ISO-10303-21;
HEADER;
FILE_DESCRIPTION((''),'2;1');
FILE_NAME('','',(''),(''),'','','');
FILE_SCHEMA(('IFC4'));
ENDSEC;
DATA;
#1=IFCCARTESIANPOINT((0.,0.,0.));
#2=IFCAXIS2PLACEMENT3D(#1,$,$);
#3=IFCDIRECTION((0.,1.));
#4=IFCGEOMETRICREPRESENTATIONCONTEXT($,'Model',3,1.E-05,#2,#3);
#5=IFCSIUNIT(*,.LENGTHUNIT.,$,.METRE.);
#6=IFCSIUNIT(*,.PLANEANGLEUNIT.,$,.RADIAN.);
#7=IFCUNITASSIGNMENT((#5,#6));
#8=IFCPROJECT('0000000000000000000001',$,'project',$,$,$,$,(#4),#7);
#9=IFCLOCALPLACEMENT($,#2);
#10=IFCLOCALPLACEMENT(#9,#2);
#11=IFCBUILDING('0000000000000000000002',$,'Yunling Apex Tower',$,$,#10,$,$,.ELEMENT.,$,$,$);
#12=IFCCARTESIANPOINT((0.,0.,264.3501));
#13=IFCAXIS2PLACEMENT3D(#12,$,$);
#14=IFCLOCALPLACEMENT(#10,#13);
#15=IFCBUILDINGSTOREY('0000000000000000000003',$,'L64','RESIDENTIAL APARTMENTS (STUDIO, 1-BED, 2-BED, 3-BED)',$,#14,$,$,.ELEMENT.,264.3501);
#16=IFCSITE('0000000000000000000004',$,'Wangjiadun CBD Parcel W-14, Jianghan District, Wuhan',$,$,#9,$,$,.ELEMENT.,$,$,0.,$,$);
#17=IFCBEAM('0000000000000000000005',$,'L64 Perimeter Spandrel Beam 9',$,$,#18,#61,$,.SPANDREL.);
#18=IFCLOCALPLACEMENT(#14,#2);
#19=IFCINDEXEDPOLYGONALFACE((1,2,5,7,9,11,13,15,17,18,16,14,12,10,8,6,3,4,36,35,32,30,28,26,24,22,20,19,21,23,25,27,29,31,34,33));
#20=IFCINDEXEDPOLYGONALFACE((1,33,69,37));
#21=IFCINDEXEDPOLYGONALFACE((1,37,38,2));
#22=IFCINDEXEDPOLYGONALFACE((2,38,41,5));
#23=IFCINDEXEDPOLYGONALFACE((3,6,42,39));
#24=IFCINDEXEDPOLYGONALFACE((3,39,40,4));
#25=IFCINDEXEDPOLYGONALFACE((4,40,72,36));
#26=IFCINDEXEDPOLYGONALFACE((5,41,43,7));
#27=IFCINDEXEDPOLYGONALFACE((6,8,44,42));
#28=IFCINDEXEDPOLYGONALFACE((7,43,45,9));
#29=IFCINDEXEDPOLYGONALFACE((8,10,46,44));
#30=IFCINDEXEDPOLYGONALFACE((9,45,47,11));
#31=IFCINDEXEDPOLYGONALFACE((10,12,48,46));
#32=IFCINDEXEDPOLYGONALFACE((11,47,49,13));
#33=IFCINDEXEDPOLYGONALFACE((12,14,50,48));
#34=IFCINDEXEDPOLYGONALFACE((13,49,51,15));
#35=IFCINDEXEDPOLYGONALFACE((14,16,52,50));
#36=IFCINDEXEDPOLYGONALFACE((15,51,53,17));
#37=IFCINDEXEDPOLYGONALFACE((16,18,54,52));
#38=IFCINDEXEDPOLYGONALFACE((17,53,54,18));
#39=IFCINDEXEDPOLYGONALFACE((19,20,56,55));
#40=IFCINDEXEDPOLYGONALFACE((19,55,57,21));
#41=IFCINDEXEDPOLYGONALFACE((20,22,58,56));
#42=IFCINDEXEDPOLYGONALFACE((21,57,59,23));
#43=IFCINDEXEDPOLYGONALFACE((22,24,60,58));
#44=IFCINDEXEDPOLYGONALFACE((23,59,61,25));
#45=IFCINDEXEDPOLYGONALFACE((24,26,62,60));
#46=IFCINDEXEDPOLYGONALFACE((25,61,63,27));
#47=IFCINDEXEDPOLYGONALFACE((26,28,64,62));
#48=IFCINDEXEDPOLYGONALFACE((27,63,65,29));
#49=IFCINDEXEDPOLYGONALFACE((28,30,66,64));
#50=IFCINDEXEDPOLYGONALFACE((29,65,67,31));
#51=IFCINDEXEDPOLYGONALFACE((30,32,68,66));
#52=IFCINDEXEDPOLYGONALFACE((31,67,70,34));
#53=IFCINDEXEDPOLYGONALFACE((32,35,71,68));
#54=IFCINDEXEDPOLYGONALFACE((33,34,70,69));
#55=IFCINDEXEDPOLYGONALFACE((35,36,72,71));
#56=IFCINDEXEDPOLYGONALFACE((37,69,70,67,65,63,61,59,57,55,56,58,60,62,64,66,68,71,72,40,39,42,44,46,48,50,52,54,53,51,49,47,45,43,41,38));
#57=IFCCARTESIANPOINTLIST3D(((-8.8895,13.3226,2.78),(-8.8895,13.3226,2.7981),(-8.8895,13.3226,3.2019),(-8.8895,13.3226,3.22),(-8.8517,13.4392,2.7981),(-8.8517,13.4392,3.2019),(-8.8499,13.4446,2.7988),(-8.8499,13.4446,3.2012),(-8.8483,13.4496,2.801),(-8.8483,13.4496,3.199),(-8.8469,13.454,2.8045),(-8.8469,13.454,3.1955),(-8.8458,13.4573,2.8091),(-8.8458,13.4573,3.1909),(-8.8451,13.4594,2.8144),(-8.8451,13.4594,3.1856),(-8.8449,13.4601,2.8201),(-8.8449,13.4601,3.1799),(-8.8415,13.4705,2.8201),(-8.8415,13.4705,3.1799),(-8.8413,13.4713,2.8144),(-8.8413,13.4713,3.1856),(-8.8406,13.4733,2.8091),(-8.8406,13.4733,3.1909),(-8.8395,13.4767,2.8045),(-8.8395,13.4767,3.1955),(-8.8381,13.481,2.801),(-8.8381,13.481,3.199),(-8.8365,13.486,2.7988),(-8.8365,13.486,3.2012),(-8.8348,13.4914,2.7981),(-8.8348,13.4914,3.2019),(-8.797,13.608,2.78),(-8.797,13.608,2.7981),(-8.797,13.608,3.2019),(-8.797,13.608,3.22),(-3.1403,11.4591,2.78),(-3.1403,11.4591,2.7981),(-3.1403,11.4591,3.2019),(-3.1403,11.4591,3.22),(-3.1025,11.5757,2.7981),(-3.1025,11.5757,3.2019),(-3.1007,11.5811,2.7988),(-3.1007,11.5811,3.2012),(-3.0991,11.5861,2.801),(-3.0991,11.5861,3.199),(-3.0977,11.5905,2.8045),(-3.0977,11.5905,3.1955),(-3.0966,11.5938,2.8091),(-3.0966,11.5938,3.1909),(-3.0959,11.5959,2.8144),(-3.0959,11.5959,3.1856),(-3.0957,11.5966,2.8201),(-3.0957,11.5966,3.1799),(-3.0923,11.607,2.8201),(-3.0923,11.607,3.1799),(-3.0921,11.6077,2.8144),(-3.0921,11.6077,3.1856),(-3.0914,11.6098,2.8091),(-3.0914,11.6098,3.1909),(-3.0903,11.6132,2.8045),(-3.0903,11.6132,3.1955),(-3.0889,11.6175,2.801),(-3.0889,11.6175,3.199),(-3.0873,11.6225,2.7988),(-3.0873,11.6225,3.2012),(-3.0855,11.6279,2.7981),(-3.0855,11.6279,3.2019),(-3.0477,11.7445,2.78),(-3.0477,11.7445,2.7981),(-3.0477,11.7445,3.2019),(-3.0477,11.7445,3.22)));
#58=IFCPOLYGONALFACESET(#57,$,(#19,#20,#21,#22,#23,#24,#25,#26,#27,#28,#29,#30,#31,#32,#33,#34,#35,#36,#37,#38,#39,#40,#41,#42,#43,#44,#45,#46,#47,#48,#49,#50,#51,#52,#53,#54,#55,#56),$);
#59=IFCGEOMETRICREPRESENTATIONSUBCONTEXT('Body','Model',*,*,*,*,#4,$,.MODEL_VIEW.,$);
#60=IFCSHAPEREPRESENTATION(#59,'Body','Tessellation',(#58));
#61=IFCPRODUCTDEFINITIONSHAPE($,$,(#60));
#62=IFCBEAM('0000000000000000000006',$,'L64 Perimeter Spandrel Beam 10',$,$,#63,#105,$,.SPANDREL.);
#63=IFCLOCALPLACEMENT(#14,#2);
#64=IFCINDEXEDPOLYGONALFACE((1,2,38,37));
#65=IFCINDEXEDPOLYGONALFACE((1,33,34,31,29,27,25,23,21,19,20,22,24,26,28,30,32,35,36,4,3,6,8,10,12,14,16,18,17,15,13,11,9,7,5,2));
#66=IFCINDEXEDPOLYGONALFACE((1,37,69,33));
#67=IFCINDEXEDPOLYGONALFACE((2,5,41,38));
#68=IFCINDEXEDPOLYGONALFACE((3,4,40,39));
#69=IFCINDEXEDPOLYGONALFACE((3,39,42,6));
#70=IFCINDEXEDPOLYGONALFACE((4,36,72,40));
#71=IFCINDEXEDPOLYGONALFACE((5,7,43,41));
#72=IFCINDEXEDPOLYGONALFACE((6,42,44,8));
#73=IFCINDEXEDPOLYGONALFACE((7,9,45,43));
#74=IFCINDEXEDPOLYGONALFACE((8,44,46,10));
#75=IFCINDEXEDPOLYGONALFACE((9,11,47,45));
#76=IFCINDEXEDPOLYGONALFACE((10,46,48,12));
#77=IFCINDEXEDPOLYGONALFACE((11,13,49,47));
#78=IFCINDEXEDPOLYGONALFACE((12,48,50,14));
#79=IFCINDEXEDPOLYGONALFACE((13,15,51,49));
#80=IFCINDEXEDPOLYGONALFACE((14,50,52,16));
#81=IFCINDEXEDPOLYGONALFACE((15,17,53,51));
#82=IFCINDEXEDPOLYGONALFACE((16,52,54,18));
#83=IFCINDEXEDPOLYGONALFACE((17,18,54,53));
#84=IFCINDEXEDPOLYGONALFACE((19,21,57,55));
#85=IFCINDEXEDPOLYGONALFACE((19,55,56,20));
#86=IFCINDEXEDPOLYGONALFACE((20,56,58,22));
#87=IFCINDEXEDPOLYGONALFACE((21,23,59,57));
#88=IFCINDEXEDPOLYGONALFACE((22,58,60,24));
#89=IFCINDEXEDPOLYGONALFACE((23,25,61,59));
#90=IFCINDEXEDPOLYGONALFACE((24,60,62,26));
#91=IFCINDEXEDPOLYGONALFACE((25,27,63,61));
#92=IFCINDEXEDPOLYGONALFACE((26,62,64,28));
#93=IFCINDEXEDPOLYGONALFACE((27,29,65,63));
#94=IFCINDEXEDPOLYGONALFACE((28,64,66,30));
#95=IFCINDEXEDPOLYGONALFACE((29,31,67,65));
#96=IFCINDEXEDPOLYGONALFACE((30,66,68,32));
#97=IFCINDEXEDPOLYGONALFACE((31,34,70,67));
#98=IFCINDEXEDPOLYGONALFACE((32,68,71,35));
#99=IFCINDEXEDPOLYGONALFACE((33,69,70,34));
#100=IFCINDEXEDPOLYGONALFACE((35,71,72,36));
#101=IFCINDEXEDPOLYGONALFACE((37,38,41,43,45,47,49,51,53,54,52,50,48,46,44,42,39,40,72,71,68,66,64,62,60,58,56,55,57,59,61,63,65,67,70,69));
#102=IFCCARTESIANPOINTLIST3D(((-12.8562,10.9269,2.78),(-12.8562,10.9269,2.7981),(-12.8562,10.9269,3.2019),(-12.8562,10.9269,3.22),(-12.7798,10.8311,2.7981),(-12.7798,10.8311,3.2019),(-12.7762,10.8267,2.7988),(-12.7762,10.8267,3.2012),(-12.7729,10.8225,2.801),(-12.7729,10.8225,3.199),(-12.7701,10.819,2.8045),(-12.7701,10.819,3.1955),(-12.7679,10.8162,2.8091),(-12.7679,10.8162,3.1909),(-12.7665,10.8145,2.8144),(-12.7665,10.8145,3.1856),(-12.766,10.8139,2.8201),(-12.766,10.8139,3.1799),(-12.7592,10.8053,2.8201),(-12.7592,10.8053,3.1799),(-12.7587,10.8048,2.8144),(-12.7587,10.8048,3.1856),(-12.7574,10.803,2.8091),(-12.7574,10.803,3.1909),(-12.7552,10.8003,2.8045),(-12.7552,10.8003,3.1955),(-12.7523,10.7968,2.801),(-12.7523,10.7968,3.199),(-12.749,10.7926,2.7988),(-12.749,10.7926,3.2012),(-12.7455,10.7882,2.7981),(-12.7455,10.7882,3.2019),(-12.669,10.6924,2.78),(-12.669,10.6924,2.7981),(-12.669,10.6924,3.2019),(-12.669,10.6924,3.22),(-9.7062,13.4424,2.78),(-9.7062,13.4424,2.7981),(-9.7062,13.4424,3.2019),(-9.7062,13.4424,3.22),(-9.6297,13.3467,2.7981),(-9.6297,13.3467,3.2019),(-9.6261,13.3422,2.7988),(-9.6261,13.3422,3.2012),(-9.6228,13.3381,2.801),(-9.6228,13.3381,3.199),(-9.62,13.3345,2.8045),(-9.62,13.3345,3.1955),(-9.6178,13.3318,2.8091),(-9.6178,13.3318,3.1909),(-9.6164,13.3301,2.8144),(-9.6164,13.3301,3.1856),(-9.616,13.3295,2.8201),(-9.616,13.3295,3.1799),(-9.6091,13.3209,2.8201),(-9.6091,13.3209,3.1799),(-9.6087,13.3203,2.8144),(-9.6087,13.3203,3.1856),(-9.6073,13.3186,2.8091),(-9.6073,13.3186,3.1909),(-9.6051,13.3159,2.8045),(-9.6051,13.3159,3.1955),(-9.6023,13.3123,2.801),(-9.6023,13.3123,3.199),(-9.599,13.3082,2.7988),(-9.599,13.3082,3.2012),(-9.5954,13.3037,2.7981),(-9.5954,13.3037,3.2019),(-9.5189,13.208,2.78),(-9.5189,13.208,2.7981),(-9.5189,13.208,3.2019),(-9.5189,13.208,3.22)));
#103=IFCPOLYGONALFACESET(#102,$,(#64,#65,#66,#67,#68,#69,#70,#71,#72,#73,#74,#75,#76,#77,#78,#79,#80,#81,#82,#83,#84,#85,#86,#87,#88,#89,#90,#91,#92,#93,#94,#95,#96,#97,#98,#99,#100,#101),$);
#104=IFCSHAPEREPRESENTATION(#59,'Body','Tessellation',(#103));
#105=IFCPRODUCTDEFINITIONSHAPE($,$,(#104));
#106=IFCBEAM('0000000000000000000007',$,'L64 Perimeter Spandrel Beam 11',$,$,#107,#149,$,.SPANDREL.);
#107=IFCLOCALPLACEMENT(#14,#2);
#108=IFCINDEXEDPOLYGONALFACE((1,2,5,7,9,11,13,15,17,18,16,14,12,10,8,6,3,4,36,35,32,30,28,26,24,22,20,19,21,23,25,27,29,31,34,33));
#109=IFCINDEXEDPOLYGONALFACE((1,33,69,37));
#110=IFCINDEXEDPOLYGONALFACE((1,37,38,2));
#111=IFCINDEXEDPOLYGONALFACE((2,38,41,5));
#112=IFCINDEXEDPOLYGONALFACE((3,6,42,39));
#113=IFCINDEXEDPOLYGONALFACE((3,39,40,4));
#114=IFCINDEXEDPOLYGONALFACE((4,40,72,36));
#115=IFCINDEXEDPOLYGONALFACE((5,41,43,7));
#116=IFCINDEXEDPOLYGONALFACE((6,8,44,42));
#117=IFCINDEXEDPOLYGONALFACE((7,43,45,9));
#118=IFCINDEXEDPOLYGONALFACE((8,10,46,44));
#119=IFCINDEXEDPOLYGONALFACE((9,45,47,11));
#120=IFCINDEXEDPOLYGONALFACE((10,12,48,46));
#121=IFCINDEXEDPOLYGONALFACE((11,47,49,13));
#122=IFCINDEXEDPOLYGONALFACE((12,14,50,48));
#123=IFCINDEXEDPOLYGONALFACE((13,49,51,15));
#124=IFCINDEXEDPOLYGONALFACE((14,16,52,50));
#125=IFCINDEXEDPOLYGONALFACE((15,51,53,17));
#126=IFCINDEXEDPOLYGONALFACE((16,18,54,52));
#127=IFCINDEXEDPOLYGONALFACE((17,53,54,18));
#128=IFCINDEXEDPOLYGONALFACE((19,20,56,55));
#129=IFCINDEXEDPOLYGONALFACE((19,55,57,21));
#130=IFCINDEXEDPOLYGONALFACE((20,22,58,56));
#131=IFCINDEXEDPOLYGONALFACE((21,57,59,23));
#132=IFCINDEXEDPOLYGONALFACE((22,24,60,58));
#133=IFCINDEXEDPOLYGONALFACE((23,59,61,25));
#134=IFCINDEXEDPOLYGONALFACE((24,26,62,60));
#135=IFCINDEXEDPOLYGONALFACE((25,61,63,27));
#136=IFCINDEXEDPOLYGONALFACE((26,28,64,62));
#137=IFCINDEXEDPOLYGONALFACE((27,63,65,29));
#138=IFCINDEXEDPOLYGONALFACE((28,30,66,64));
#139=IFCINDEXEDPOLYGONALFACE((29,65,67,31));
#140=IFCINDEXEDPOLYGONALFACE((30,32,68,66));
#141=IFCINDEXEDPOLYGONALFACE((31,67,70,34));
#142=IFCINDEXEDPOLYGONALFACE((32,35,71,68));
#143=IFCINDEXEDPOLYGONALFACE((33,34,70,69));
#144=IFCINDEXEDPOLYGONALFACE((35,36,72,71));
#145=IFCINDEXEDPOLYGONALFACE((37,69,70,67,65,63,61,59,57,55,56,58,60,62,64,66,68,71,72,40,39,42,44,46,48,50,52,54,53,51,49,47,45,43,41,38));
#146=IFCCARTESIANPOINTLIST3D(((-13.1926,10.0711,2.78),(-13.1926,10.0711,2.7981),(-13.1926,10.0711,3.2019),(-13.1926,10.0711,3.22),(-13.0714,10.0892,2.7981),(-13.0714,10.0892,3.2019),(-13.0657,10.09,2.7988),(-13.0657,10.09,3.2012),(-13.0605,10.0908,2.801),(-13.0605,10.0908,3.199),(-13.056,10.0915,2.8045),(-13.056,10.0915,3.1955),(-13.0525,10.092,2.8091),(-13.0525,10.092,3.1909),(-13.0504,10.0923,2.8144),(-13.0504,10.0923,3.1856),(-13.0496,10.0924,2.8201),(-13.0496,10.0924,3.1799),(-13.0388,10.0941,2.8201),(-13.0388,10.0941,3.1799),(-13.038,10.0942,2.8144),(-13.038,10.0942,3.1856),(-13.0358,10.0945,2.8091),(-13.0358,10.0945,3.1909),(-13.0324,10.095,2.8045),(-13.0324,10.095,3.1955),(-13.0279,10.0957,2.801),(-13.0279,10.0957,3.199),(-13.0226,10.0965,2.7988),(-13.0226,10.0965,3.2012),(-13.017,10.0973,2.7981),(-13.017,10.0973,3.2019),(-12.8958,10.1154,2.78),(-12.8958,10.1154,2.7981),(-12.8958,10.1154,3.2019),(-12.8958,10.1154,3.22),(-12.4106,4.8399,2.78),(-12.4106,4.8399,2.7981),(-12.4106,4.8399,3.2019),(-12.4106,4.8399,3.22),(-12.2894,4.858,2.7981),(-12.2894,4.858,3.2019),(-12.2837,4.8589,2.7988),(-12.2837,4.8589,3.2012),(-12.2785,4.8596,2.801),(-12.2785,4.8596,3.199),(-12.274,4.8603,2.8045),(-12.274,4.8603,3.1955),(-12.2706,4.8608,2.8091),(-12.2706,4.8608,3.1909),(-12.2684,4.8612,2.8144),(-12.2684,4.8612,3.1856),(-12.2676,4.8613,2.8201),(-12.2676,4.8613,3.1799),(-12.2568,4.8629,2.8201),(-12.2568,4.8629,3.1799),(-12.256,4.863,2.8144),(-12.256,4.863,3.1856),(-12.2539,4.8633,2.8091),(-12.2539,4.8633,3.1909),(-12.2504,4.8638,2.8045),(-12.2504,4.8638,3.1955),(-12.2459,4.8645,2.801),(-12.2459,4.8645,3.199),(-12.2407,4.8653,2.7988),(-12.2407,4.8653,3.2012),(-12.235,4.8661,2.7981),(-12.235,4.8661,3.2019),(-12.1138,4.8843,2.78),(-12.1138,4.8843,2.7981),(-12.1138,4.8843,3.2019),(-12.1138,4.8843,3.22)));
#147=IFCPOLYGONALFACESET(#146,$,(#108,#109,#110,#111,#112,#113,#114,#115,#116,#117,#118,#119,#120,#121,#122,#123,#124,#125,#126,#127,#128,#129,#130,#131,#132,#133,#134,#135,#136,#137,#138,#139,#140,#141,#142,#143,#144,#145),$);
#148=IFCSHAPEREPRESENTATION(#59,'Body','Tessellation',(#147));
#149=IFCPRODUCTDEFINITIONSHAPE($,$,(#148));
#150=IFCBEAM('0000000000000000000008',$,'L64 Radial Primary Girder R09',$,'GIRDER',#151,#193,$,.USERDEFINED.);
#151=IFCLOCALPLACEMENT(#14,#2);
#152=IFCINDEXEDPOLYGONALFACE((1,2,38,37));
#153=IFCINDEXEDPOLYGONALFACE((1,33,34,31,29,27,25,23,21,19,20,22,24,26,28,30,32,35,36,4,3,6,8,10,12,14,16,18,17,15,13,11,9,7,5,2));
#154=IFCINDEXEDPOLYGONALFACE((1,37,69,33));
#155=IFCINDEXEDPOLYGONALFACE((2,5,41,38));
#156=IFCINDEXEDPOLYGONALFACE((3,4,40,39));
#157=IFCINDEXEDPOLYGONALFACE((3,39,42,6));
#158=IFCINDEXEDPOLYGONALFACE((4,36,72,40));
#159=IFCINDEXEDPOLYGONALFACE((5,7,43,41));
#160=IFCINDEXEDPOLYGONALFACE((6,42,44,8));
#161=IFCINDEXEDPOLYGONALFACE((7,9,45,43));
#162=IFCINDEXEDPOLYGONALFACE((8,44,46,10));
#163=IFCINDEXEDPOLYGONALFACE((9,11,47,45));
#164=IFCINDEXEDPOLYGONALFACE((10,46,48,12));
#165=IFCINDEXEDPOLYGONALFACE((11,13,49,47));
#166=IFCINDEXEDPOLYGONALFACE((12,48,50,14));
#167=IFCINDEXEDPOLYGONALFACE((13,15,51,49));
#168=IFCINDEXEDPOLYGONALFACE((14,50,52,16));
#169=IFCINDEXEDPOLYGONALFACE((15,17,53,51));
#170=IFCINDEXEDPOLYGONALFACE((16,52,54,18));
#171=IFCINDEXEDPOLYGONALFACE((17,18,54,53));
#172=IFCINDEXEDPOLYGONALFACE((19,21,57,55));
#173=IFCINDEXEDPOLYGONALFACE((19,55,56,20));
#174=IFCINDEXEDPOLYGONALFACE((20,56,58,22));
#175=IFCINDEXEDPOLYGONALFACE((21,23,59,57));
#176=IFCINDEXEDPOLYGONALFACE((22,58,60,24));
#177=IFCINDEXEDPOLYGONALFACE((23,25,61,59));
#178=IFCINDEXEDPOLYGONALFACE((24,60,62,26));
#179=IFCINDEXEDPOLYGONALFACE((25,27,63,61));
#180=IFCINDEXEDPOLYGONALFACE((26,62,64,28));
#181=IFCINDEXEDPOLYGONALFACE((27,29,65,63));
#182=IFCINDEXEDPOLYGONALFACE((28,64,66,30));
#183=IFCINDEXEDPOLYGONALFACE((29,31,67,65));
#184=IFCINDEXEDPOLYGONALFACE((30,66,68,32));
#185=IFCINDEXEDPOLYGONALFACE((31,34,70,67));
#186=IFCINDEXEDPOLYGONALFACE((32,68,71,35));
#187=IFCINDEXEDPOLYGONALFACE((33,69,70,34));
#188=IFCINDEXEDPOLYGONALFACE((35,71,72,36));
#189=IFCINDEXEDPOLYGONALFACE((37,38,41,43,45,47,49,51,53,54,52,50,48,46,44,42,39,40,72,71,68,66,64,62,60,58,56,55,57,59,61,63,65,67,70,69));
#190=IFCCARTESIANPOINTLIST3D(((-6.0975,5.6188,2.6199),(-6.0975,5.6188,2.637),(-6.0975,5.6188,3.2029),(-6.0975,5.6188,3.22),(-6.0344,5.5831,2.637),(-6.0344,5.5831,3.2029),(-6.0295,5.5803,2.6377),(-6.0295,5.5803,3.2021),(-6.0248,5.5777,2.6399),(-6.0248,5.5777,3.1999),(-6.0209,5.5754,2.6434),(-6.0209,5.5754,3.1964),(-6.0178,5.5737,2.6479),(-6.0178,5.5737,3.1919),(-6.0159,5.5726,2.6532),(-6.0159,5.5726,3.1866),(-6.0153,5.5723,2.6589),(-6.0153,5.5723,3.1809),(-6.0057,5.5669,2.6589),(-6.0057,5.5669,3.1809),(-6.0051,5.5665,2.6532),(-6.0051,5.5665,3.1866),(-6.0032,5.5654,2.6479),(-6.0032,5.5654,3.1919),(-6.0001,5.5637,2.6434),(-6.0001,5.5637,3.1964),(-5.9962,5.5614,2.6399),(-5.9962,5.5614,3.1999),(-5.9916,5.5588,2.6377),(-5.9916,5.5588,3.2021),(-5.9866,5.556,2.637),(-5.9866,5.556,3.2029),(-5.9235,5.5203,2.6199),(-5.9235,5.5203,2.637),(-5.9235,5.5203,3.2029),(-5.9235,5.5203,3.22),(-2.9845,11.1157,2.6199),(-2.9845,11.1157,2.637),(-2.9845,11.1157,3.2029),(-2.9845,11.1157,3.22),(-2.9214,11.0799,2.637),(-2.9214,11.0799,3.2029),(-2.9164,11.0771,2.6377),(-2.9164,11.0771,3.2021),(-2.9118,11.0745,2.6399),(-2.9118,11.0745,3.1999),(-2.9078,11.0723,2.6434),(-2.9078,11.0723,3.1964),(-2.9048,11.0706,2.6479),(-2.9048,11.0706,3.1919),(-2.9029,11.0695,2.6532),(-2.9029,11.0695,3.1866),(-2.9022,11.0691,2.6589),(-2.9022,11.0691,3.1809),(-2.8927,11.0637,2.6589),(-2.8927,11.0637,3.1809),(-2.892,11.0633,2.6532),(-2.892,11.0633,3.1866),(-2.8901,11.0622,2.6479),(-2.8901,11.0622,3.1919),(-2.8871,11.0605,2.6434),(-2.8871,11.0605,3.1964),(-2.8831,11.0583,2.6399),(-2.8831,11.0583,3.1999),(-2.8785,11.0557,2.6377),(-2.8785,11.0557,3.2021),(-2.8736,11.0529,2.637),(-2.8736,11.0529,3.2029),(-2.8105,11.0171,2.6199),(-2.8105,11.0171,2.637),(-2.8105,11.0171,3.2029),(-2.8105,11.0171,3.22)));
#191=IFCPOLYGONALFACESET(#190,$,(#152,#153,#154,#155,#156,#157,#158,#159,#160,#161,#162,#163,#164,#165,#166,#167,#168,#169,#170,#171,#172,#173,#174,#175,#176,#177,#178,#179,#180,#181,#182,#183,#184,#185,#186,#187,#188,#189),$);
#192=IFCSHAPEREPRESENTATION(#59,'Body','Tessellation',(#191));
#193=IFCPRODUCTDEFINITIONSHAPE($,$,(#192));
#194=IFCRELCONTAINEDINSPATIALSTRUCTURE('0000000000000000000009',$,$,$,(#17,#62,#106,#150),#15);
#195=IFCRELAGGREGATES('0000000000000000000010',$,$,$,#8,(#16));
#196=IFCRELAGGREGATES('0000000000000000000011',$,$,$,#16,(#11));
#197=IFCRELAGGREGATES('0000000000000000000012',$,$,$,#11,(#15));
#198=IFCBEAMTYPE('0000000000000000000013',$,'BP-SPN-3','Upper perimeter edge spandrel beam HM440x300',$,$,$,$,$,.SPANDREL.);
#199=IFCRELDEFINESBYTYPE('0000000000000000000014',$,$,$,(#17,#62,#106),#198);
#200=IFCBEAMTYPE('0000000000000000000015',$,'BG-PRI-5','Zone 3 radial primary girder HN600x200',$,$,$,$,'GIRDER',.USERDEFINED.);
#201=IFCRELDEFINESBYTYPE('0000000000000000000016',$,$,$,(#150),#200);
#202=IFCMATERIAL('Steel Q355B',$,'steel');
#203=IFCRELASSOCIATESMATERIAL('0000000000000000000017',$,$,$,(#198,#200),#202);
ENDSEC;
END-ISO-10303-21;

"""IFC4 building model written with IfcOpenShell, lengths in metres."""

from ifc_helpers import new_model, si_unit, direction, frame, origin, origin_2d, place, context, subcontext, project, spatial, i_section, extrude, source, transform, mapped, material, material_profile, profile_set, type_object, element, save


model = new_model("IFC4")

# Units and contexts
model_context = context("Model", 3, precision=1e-05, world=origin(), true_north=direction((0.0, 1.0)))
body_context = subcontext(model_context, "Body", "Model", "MODEL_VIEW")
ifc_project = project(units=[si_unit("LENGTHUNIT", "METRE"), si_unit("PLANEANGLEUNIT", "RADIAN")], contexts=[model_context])

# Site, building, storey
site_placement = place(None, origin())
site = spatial("IfcSite", under=ifc_project, at=site_placement, Name="Wangjiadun CBD Parcel W-14, Jianghan District, Wuhan", CompositionType="ELEMENT", RefElevation=0.0)
building_placement = place(site_placement, origin())
building = spatial("IfcBuilding", under=site, at=building_placement, Name="Yunling Apex Tower", CompositionType="ELEMENT")
storey_placement = place(building_placement, frame((0.0, 0.0, 264.3501)))
storey = spatial("IfcBuildingStorey", under=building, at=storey_placement, Name="L64", Description="RESIDENTIAL APARTMENTS (STUDIO, 1-BED, 2-BED, 3-BED)", CompositionType="ELEMENT", Elevation=264.3501)

# Shared definitions
ifc_material_1 = material(Name="Steel Q355B", Category="steel")

# Beams
ifc_material_profile_1 = material_profile(ifc_material_1, i_section(OverallWidth=0.3, OverallDepth=0.4399, WebThickness=0.011, FlangeThickness=0.0181, FilletRadius=0.022, at=origin_2d()))
ifc_profile_set_1 = profile_set([ifc_material_profile_1], Name="Steel Q355B")
beam_type_1 = type_object("IfcBeamType", Name="BP-SPN-3", Description="Upper perimeter edge spandrel beam HM440x300", PredefinedType="SPANDREL", material=ifc_profile_set_1)
shared_shape_1 = source(origin(), body_context, "Body", "SweptSolid", [
    extrude(i_section(OverallWidth=0.3, OverallDepth=0.4399, WebThickness=0.011, FlangeThickness=0.0181, FilletRadius=0.022, at=origin_2d()), origin(), (0.0, 0.0, 1.0), 6.0437),
])
beam_1_placement = place(storey_placement, frame((-3.094, 11.6018, 3.0), z_axis=(-0.951276, 0.30834, 0.0), x_axis=(-0.30834, -0.951276, 0.0)))
element("IfcBeam", 1, at=beam_1_placement, inside=storey, type_object=beam_type_1, Name="L64 Perimeter Spandrel Beam 9", PredefinedType="SPANDREL", context=body_context, shape_type="MappedRepresentation", body=[
    mapped(shared_shape_1, transform((0.0, 0.0, 0.0), scale=1.0)),
])
shared_shape_2 = source(origin(), body_context, "Body", "SweptSolid", [
    extrude(i_section(OverallWidth=0.3, OverallDepth=0.4399, WebThickness=0.011, FlangeThickness=0.0181, FilletRadius=0.022, at=origin_2d()), origin(), (0.0, 0.0, 1.0), 4.0312),
])
beam_2_placement = place(storey_placement, frame((-9.6125, 13.3252, 3.0), z_axis=(-0.781412, -0.624015, 0.0), x_axis=(0.624015, -0.781412, 0.0)))
element("IfcBeam", 2, at=beam_2_placement, inside=storey, type_object=beam_type_1, Name="L64 Perimeter Spandrel Beam 10", PredefinedType="SPANDREL", context=body_context, shape_type="MappedRepresentation", body=[
    mapped(shared_shape_2, transform((0.0, 0.0, 0.0), scale=1.0)),
])
shared_shape_3 = source(origin(), body_context, "Body", "SweptSolid", [
    extrude(i_section(OverallWidth=0.3, OverallDepth=0.4399, WebThickness=0.011, FlangeThickness=0.0181, FilletRadius=0.022, at=origin_2d()), origin(), (0.0, 0.0, 1.0), 5.2893),
])
beam_3_placement = place(storey_placement, frame((-13.0442, 10.0933, 3.0), z_axis=(0.147842, -0.989011, 0.0), x_axis=(0.989011, 0.147842, 0.0)))
element("IfcBeam", 3, at=beam_3_placement, inside=storey, type_object=beam_type_1, Name="L64 Perimeter Spandrel Beam 11", PredefinedType="SPANDREL", context=body_context, shape_type="MappedRepresentation", body=[
    mapped(shared_shape_3, transform((0.0, 0.0, 0.0), scale=1.0)),
])
ifc_material_profile_2 = material_profile(ifc_material_1, i_section(OverallWidth=0.2, OverallDepth=0.6001, WebThickness=0.011, FlangeThickness=0.0171, FilletRadius=0.022, at=origin_2d()))
ifc_profile_set_2 = profile_set([ifc_material_profile_2], Name="Steel Q355B")
beam_type_2 = type_object("IfcBeamType", Name="BG-PRI-5", Description="Zone 3 radial primary girder HN600x200", ElementType="GIRDER", PredefinedType="USERDEFINED", material=ifc_profile_set_2)
shared_shape_4 = source(origin(), body_context, "Body", "SweptSolid", [
    extrude(i_section(OverallWidth=0.2, OverallDepth=0.6001, WebThickness=0.011, FlangeThickness=0.0171, FilletRadius=0.022, at=origin_2d()), origin(), (0.0, 0.0, 1.0), 6.3171),
])
beam_4_placement = place(storey_placement, frame((-2.8975, 11.0664, 2.9199), z_axis=(-0.492793, -0.870146, 0.0), x_axis=(0.870146, -0.492793, 0.0)))
element("IfcBeam", 4, at=beam_4_placement, inside=storey, type_object=beam_type_2, Name="L64 Radial Primary Girder R09", ObjectType="GIRDER", PredefinedType="USERDEFINED", context=body_context, shape_type="MappedRepresentation", body=[
    mapped(shared_shape_4, transform((0.0, 0.0, 0.0), scale=1.0)),
])

save(model, "model.ifc")
